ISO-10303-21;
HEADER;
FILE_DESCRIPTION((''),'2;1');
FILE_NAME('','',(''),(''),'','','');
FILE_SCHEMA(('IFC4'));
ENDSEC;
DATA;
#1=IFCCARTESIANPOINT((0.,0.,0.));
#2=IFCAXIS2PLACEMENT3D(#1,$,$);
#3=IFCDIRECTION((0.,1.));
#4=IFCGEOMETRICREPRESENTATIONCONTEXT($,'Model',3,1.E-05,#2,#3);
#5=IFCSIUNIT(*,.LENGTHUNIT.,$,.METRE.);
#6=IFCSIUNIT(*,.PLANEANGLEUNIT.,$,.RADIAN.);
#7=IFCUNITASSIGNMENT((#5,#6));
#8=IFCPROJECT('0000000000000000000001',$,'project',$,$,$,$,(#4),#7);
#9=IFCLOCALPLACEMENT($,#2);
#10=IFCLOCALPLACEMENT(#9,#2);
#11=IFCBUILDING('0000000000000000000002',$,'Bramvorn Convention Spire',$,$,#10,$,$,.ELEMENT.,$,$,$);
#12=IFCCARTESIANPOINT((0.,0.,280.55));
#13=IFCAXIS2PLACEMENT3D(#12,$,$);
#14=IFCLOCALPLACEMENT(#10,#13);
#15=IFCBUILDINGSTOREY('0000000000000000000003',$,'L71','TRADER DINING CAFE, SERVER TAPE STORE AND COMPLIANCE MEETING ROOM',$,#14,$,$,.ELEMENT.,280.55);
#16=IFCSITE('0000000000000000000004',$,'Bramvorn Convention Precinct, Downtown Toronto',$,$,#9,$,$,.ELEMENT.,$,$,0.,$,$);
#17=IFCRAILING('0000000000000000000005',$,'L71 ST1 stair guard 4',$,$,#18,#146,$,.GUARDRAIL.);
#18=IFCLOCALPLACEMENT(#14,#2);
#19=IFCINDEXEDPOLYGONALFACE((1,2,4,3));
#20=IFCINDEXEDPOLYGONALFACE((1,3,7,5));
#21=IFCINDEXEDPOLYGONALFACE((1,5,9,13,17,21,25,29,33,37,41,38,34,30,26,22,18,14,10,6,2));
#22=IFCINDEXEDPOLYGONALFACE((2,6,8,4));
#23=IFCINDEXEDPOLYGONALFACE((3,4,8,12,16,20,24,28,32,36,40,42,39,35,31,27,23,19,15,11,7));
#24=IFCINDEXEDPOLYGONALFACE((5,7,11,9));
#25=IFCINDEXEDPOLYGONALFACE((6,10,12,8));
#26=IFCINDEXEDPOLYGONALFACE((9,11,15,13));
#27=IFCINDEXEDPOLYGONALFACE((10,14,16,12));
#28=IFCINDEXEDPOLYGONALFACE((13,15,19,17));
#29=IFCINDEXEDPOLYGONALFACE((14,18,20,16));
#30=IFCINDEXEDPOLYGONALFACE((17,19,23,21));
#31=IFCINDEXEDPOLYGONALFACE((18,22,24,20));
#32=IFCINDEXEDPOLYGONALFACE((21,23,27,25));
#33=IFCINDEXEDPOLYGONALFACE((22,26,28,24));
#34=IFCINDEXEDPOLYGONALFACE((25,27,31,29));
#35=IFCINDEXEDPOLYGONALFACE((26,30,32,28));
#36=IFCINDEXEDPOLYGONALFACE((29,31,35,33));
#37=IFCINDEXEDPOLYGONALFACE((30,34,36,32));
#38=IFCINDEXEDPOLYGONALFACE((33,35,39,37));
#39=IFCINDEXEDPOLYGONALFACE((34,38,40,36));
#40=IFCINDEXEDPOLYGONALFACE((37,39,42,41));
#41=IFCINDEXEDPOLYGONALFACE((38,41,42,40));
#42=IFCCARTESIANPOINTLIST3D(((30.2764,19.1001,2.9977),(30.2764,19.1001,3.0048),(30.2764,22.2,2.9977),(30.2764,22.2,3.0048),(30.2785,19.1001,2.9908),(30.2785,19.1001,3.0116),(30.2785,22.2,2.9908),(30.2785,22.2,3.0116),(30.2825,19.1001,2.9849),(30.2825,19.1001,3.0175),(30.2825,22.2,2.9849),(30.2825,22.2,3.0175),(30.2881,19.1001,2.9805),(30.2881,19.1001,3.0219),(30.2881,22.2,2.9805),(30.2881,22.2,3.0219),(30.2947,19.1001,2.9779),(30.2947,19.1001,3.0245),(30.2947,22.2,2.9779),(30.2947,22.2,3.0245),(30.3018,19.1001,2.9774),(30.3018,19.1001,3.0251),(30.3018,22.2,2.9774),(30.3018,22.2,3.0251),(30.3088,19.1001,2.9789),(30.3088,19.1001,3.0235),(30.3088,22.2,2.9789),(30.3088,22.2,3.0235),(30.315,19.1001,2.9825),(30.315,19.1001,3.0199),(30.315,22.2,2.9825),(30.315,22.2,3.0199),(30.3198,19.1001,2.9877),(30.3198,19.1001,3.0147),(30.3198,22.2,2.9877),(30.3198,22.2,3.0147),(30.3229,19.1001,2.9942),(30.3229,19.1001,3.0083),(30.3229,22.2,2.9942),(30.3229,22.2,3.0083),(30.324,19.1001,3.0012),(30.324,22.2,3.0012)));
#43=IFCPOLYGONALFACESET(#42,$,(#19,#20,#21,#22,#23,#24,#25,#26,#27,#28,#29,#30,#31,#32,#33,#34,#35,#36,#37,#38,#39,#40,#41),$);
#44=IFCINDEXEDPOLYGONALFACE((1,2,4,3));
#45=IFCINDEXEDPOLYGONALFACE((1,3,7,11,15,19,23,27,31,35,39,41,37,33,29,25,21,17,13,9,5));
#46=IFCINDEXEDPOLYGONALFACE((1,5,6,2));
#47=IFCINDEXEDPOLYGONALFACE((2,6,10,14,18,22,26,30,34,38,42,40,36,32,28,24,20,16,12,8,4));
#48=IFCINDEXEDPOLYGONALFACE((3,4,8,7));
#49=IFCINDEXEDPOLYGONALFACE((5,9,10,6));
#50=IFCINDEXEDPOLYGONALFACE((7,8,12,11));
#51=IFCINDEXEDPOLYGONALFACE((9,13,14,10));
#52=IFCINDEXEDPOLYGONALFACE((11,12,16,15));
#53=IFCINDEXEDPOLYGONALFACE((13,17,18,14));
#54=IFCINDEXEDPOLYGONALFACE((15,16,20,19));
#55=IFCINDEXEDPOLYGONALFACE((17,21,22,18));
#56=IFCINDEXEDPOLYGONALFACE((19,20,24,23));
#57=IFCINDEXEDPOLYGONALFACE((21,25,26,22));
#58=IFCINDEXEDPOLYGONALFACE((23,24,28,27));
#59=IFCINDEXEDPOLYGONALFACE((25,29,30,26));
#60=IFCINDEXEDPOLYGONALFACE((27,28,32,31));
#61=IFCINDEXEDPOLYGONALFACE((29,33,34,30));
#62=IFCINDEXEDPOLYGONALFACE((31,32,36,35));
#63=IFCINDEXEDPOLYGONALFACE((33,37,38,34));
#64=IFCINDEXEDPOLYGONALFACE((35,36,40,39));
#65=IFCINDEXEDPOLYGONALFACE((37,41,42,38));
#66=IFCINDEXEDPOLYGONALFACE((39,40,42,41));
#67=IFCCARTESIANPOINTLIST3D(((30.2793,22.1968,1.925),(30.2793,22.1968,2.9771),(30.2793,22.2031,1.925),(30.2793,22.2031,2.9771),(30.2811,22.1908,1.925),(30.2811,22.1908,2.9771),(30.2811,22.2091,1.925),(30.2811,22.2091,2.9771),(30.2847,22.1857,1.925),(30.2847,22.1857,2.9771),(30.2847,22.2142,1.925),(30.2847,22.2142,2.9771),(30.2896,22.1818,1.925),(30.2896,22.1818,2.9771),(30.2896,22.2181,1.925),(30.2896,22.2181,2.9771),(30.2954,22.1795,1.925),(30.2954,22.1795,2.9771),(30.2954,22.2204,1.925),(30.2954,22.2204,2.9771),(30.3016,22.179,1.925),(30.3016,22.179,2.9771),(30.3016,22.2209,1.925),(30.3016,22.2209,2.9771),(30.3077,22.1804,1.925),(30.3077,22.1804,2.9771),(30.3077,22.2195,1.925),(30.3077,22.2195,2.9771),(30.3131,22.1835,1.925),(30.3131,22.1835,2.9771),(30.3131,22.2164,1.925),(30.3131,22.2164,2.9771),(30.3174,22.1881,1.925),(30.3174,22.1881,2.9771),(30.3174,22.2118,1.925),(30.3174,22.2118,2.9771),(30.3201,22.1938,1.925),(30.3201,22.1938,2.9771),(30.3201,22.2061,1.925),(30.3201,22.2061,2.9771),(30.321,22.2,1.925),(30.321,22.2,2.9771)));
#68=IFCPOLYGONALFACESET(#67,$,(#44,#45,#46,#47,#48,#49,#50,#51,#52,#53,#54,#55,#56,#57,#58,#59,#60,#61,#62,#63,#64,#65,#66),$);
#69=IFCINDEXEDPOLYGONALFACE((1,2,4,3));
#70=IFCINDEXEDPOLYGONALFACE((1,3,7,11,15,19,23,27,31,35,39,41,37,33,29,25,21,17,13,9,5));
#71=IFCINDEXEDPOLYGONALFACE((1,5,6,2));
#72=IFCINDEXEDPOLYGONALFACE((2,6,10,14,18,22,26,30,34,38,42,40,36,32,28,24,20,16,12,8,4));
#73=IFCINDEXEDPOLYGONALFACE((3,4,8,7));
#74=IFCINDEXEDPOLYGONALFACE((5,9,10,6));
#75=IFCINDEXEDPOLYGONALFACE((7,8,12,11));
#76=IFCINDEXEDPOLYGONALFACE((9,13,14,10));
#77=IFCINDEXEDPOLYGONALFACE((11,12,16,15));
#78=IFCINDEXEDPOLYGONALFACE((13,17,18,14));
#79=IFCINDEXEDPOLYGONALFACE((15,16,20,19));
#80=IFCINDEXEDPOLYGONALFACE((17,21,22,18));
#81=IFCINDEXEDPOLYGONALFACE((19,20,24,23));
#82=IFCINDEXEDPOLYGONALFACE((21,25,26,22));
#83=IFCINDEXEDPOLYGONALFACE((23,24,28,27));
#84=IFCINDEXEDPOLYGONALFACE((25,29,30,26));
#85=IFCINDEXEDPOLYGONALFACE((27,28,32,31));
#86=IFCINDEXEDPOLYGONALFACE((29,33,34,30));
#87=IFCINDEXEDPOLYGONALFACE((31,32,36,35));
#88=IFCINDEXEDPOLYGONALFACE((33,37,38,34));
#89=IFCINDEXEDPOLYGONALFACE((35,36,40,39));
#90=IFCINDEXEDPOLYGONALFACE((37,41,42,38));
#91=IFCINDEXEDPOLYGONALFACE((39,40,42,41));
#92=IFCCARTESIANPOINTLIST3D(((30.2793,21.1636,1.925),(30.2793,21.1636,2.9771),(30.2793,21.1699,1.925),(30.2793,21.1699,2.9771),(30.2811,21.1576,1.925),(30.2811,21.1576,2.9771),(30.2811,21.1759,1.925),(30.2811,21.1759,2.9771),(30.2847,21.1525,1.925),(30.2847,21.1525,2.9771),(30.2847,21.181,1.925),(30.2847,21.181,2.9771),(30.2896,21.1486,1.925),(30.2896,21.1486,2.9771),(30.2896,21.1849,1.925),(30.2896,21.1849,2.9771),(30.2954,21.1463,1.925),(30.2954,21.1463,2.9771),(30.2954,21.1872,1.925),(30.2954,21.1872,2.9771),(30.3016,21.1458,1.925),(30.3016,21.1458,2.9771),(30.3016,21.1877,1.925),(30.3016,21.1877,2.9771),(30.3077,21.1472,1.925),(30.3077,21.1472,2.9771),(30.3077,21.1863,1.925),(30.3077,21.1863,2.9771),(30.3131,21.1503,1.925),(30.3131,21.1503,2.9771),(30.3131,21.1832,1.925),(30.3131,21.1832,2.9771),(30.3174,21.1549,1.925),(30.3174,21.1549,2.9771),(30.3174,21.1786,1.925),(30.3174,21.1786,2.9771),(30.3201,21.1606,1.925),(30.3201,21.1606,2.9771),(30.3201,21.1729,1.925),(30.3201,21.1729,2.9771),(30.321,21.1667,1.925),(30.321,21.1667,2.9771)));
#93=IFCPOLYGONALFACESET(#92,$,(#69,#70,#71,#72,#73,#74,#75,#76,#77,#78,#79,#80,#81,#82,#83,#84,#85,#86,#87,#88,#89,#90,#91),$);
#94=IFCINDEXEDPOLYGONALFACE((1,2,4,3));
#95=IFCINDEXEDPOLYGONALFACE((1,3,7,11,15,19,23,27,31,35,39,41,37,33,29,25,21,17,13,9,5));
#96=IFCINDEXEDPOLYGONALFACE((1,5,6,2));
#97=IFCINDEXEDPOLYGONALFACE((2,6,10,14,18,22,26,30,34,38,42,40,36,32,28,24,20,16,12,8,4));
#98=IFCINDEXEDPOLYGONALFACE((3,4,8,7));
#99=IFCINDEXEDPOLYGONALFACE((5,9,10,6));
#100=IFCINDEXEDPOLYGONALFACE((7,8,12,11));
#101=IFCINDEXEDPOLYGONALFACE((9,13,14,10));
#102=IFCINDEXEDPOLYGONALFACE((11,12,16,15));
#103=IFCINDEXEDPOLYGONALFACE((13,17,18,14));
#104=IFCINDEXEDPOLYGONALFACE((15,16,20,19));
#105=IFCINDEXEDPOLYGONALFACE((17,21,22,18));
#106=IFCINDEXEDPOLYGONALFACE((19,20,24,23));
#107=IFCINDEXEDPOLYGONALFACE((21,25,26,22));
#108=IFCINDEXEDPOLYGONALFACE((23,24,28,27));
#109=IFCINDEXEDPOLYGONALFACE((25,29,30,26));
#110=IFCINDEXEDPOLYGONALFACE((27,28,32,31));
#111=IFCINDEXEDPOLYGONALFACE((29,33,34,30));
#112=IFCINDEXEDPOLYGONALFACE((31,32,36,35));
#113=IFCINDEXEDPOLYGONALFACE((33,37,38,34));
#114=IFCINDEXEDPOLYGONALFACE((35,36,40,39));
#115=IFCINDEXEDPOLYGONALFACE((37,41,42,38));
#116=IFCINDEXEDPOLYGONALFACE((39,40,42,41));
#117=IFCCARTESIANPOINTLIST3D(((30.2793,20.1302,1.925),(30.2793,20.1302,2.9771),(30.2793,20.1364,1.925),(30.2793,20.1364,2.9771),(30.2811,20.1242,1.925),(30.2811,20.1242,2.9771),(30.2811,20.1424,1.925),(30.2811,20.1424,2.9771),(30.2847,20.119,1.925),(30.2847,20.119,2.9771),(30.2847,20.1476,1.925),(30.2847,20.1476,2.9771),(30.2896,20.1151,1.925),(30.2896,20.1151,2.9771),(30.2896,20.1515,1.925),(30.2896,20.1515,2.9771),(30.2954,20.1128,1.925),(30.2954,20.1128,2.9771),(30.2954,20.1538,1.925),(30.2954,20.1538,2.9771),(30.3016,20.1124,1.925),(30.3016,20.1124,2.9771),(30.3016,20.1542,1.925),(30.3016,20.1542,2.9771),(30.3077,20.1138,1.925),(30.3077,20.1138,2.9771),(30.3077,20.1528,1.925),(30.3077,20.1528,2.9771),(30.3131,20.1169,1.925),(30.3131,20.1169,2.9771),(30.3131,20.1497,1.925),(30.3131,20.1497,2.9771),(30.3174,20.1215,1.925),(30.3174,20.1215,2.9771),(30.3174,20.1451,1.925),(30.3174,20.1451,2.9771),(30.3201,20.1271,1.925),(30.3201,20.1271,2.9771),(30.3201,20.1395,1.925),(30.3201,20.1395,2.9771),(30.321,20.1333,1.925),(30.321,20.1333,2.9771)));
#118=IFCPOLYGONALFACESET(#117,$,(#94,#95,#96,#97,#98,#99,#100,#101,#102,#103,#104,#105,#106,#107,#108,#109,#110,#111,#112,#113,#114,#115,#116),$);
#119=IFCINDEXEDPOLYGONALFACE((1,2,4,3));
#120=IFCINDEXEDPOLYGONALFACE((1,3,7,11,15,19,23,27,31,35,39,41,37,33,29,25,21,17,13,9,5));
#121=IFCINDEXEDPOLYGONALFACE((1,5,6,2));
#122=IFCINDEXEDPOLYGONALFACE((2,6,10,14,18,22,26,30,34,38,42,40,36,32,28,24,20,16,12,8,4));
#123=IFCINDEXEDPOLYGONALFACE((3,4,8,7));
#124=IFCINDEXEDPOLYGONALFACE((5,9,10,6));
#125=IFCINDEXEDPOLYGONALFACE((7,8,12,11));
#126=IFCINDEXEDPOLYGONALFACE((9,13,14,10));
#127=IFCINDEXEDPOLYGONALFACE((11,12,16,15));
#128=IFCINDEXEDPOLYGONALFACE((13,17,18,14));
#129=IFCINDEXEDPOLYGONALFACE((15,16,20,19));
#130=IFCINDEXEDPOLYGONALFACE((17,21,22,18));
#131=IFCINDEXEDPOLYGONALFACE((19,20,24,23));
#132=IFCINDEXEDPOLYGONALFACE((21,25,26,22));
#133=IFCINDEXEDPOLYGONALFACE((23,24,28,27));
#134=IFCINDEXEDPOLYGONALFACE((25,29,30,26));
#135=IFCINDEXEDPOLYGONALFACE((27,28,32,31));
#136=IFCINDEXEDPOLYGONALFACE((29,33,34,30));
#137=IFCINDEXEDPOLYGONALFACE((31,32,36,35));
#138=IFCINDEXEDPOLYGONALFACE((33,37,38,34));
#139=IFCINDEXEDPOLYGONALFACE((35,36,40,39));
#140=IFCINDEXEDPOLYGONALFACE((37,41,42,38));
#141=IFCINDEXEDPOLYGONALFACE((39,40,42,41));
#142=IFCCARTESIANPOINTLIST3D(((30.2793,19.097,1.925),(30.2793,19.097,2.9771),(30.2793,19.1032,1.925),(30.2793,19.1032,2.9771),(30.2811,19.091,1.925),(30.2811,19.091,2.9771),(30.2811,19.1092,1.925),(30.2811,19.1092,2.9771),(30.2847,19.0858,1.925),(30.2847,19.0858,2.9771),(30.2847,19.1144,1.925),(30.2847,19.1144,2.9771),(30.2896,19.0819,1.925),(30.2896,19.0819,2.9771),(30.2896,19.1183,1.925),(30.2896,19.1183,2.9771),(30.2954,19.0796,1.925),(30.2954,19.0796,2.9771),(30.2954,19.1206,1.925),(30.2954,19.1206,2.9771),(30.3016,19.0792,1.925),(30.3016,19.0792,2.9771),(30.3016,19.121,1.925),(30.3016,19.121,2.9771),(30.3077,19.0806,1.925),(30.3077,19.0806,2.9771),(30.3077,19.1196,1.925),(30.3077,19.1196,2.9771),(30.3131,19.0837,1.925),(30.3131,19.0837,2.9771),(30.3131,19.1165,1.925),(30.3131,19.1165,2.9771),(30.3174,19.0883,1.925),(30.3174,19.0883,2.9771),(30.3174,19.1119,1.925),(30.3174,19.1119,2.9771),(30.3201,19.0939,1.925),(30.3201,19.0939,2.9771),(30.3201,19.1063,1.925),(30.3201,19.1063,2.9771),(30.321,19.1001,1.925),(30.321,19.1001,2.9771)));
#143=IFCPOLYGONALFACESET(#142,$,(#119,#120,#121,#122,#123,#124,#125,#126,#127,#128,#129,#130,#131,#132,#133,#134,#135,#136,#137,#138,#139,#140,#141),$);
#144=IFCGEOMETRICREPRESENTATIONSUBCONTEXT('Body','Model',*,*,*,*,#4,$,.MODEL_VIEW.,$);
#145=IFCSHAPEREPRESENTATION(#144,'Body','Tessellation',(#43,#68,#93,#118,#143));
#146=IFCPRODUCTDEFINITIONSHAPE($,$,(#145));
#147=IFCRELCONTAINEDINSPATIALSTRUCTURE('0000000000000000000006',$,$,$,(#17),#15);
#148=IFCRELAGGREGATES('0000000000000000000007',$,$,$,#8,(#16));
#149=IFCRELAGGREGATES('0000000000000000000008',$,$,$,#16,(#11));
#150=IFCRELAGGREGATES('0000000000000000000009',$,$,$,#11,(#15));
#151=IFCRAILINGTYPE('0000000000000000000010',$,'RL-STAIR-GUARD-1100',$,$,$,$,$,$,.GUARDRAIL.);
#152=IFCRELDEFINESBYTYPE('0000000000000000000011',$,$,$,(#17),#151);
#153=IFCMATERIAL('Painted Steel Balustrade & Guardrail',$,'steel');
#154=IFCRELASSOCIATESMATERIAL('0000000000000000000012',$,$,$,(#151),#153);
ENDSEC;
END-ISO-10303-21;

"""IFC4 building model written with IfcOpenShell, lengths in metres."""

from ifc_helpers import new_model, si_unit, direction, frame, origin, origin_2d, place, context, subcontext, project, spatial, circle, extrude, material, type_object, element, save


model = new_model("IFC4")

# Units and contexts
model_context = context("Model", 3, precision=1e-05, world=origin(), true_north=direction((0.0, 1.0)))
body_context = subcontext(model_context, "Body", "Model", "MODEL_VIEW")
ifc_project = project(units=[si_unit("LENGTHUNIT", "METRE"), si_unit("PLANEANGLEUNIT", "RADIAN")], contexts=[model_context])

# Site, building, storey
site_placement = place(None, origin())
site = spatial("IfcSite", under=ifc_project, at=site_placement, Name="Bramvorn Convention Precinct, Downtown Toronto", CompositionType="ELEMENT", RefElevation=0.0)
building_placement = place(site_placement, origin())
building = spatial("IfcBuilding", under=site, at=building_placement, Name="Bramvorn Convention Spire", CompositionType="ELEMENT")
storey_placement = place(building_placement, frame((0.0, 0.0, 280.55)))
storey = spatial("IfcBuildingStorey", under=building, at=storey_placement, Name="L71", Description="TRADER DINING CAFE, SERVER TAPE STORE AND COMPLIANCE MEETING ROOM", CompositionType="ELEMENT", Elevation=280.55)

# Railing
ifc_material_1 = material(Name="Painted Steel Balustrade & Guardrail", Category="steel")
railing_type_1 = type_object("IfcRailingType", Name="RL-STAIR-GUARD-1100", PredefinedType="GUARDRAIL", material=ifc_material_1)
railing_1_placement = place(storey_placement, frame((30.3, 22.2, 1.925)))
element("IfcRailing", 1, at=railing_1_placement, inside=storey, type_object=railing_type_1, Name="L71 ST1 stair guard 4", PredefinedType="GUARDRAIL", context=body_context, shape_type="SweptSolid", body=[
    extrude(circle(Radius=0.0239, at=origin_2d()), frame((0.0, 0.0, 1.0762), z_axis=(0.0, -1.0, 0.0), x_axis=(1.0, 0.0, 0.0)), (0.0, 0.0, 1.0), 3.0999),
    extrude(circle(Radius=0.021, at=origin_2d()), origin(), (0.0, 0.0, 1.0), 1.052),
    extrude(circle(Radius=0.021, at=origin_2d()), frame((0.0, -1.0332, 0.0)), (0.0, 0.0, 1.0), 1.052),
    extrude(circle(Radius=0.021, at=origin_2d()), frame((0.0, -2.0667, 0.0)), (0.0, 0.0, 1.0), 1.052),
    extrude(circle(Radius=0.021, at=origin_2d()), frame((0.0, -3.0999, 0.0)), (0.0, 0.0, 1.0), 1.052),
])

save(model, "model.ifc")
